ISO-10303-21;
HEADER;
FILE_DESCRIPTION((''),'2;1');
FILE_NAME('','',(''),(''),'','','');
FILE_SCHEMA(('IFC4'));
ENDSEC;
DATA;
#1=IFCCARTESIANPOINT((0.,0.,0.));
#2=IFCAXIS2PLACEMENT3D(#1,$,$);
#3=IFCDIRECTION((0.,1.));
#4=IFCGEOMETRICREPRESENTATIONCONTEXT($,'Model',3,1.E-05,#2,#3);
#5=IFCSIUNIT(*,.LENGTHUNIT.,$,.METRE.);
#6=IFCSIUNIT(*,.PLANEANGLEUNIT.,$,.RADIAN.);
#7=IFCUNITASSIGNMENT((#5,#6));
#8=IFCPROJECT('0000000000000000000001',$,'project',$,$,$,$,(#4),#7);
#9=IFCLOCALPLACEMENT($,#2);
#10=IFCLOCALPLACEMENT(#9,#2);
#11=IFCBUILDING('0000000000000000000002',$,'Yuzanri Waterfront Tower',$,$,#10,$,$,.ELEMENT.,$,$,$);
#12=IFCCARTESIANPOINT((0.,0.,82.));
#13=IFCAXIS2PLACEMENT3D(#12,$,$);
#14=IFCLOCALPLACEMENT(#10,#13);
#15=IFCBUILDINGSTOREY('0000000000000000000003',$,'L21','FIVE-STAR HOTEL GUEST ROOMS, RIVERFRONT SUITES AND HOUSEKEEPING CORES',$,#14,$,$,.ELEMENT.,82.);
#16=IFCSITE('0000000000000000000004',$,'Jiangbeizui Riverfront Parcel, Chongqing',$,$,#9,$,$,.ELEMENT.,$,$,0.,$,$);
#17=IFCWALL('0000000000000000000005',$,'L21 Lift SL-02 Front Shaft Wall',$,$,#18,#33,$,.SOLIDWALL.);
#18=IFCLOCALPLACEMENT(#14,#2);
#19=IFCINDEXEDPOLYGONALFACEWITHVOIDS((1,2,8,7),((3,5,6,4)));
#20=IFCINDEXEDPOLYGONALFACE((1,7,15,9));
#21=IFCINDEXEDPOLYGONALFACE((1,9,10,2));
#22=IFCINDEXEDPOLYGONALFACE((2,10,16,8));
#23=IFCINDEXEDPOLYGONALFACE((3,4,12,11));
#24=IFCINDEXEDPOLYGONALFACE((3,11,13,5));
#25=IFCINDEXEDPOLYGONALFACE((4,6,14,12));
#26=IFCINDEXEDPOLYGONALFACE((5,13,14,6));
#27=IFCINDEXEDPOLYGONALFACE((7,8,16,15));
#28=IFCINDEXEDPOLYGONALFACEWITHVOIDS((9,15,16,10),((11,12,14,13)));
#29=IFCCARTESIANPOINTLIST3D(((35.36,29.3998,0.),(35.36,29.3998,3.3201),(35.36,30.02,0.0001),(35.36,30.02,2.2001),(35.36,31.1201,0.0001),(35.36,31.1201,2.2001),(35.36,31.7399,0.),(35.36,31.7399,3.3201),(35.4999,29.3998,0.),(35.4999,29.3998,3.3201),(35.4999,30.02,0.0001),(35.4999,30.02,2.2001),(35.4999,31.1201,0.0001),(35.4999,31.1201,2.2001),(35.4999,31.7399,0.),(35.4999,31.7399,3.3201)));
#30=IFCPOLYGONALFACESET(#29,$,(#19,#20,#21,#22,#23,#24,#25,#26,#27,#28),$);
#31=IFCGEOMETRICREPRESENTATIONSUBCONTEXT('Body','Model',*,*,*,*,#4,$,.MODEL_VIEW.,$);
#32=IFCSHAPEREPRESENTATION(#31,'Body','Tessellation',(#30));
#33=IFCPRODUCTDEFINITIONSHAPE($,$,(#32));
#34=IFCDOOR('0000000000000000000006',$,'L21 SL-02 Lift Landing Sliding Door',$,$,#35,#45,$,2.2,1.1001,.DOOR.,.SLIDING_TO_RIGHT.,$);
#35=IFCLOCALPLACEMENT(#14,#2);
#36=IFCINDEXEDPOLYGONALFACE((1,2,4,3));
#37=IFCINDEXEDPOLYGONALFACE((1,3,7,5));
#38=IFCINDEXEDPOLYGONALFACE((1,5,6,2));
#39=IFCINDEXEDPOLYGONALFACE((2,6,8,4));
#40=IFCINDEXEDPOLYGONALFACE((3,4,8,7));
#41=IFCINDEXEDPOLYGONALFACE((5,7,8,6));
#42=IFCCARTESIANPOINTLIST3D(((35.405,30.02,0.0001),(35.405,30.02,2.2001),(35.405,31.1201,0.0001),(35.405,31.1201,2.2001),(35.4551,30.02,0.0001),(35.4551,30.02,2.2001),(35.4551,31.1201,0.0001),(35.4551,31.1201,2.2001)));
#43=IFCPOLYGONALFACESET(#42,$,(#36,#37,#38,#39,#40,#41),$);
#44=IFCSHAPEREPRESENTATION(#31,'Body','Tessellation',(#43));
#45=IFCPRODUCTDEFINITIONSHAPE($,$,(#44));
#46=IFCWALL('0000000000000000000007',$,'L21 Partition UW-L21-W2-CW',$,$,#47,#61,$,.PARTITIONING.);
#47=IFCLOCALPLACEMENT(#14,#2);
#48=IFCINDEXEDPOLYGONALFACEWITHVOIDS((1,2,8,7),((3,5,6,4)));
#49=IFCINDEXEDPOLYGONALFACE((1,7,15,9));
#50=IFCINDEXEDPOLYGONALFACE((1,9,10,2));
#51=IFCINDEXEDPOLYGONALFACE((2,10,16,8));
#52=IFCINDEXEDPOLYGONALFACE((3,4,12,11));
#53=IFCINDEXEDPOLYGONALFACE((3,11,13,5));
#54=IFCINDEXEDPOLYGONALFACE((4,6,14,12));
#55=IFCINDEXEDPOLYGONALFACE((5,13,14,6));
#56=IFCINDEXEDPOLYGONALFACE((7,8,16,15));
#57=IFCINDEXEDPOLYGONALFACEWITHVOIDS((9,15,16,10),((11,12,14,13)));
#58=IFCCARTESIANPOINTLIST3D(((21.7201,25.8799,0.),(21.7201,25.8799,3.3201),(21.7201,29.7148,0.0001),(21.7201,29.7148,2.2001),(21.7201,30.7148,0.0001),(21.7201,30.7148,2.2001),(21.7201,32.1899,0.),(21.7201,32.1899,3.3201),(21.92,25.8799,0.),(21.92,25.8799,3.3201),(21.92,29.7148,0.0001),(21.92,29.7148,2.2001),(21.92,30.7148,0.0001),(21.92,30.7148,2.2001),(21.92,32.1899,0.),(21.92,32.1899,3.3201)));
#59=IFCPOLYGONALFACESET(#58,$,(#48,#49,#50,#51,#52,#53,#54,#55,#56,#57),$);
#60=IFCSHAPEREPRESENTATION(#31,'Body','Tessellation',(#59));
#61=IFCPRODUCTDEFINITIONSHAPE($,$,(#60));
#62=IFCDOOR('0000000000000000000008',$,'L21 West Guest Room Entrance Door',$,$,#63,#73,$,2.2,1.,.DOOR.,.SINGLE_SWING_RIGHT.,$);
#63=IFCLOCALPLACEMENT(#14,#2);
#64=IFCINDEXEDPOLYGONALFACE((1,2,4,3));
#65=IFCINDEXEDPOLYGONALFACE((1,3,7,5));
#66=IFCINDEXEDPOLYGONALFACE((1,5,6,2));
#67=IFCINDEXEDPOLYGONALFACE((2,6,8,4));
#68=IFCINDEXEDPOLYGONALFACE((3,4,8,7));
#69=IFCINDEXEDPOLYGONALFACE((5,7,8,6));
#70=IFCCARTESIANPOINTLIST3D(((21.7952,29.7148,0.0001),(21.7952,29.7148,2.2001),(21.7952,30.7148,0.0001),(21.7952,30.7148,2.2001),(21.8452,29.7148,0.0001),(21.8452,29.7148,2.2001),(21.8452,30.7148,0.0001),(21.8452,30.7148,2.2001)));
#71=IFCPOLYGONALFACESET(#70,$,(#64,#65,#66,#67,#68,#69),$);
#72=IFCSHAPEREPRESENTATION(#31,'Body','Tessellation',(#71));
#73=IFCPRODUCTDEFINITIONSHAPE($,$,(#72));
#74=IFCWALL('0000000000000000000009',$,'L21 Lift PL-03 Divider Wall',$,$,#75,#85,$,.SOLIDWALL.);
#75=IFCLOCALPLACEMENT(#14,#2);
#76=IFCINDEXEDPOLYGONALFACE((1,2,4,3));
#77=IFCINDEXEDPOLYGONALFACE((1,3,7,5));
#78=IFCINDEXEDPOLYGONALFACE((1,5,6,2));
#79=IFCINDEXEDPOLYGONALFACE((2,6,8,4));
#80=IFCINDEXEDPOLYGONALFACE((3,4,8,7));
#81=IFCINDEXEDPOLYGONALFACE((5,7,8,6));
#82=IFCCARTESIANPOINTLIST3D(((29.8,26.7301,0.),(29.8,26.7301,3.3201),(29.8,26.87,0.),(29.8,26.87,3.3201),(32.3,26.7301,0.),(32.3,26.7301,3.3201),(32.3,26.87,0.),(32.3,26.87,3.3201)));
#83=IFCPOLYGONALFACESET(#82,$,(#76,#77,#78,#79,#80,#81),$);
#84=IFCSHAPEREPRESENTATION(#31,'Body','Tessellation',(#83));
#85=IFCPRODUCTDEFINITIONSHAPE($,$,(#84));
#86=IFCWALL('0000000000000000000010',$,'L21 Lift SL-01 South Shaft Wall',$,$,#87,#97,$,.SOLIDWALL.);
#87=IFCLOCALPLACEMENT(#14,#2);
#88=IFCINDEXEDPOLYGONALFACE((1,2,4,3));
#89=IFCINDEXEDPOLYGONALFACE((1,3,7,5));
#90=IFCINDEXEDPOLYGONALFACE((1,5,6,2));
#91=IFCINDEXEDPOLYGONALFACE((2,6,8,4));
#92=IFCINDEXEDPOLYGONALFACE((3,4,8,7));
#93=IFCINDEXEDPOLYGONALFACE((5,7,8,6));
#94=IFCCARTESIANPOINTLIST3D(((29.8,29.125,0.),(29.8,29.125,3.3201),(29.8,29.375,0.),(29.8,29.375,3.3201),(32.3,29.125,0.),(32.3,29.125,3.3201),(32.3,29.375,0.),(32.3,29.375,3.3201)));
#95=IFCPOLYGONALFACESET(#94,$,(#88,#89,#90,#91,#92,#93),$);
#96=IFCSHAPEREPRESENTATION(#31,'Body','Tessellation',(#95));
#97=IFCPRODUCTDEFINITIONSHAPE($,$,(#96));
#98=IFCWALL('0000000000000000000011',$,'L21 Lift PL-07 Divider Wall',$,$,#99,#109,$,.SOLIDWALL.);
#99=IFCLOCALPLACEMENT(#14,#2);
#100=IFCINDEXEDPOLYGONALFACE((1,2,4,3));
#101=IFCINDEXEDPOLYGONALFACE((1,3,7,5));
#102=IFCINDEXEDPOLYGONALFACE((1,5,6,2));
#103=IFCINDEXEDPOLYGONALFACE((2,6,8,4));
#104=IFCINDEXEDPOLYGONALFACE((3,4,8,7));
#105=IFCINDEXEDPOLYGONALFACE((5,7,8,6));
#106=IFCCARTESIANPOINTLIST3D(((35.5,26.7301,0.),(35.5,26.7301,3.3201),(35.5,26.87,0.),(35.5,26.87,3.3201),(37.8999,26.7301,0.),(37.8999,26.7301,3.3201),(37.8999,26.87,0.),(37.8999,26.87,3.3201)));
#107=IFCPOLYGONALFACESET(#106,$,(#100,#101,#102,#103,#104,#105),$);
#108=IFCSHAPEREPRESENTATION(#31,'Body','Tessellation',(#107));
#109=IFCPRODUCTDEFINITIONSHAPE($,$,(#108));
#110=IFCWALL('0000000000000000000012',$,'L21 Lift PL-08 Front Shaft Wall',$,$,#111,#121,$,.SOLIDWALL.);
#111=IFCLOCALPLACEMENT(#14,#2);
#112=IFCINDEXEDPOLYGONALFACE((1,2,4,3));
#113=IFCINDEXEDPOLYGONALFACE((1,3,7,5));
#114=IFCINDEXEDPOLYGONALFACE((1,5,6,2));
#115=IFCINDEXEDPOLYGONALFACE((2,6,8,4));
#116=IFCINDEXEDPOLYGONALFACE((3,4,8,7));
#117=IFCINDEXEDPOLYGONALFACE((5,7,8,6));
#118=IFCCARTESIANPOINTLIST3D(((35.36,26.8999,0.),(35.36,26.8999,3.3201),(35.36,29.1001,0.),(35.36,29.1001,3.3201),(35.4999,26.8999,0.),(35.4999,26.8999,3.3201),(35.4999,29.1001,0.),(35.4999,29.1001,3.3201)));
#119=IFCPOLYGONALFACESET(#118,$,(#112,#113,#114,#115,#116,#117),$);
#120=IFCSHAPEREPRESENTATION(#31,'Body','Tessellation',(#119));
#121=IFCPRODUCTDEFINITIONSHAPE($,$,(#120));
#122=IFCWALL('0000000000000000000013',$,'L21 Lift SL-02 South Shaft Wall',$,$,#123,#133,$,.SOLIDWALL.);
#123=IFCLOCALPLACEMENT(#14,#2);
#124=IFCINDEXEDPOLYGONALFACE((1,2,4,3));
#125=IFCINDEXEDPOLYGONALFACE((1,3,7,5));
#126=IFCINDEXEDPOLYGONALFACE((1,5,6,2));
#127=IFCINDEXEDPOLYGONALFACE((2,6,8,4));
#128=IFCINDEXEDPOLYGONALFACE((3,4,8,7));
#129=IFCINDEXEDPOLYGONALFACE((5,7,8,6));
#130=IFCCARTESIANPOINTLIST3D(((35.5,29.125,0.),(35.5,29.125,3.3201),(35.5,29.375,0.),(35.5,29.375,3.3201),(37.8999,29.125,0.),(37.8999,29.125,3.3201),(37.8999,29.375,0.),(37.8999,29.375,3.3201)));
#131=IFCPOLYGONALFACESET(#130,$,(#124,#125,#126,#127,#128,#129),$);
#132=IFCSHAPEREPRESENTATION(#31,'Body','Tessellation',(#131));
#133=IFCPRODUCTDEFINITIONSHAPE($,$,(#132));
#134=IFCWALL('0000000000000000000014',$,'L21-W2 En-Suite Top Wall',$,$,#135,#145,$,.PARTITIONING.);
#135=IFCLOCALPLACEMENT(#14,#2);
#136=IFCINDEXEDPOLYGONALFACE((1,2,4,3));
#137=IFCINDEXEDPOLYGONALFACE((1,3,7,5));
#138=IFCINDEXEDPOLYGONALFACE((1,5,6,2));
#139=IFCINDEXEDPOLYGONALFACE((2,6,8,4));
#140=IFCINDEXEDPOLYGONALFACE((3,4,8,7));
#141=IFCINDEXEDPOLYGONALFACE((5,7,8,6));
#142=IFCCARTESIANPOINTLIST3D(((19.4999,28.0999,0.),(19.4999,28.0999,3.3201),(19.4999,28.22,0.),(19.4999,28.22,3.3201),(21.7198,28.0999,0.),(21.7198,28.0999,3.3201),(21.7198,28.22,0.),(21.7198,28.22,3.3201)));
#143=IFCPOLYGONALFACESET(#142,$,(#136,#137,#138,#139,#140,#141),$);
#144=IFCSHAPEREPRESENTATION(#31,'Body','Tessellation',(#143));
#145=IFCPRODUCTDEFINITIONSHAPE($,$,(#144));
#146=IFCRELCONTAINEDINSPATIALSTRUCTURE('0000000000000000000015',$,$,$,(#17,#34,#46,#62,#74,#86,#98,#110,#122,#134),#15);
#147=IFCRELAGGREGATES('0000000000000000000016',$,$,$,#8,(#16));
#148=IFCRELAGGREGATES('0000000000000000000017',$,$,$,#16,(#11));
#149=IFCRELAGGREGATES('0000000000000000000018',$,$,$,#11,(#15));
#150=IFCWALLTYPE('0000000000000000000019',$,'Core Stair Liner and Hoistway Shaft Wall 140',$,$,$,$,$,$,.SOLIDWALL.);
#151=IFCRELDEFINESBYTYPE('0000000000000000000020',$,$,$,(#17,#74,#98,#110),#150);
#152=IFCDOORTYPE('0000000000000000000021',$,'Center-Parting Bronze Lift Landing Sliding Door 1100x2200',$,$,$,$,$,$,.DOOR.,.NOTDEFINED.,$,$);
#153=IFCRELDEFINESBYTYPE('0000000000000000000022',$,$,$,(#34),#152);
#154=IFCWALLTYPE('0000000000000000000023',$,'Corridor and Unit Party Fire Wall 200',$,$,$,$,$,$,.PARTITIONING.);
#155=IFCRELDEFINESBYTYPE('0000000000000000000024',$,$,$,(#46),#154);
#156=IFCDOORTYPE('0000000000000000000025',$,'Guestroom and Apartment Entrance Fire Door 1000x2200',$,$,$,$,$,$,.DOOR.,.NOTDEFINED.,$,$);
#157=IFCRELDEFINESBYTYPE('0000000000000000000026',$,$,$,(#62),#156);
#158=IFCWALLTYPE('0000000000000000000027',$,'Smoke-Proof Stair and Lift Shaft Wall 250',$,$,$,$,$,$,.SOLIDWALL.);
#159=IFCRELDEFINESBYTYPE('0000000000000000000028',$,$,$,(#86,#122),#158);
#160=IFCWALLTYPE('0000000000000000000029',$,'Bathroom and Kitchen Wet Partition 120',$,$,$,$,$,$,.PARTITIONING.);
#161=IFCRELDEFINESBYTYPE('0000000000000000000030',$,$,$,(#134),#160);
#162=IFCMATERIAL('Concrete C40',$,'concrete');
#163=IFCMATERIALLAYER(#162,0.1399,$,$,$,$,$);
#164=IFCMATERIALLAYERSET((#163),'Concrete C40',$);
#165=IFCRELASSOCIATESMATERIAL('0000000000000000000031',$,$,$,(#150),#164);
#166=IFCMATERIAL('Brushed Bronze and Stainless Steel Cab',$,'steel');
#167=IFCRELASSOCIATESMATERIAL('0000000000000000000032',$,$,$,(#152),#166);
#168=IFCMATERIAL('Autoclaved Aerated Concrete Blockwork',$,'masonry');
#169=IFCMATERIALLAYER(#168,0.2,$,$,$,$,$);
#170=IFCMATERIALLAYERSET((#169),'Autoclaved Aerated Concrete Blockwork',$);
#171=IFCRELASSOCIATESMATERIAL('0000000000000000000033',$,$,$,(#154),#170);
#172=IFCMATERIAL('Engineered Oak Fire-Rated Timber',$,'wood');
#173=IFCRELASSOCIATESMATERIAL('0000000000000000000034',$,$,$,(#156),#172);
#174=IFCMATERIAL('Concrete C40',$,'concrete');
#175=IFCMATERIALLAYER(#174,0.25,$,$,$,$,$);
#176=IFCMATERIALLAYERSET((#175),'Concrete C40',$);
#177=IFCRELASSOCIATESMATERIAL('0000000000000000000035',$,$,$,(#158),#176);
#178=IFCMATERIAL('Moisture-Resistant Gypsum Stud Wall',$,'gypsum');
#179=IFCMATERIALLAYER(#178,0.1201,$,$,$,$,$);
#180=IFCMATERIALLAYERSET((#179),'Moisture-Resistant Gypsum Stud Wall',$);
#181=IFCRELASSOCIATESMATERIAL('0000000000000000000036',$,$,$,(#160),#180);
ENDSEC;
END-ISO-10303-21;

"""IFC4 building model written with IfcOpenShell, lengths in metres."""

from ifc_helpers import new_model, si_unit, direction, frame, frame_2d, origin, place, context, subcontext, project, spatial, rectangle, extrude, source, transform, mapped, material, layer, layer_set, type_object, element, fill, save


model = new_model("IFC4")

# Units and contexts
model_context = context("Model", 3, precision=1e-05, world=origin(), true_north=direction((0.0, 1.0)))
body_context = subcontext(model_context, "Body", "Model", "MODEL_VIEW")
ifc_project = project(units=[si_unit("LENGTHUNIT", "METRE"), si_unit("PLANEANGLEUNIT", "RADIAN")], contexts=[model_context])

# Site, building, storey
site_placement = place(None, origin())
site = spatial("IfcSite", under=ifc_project, at=site_placement, Name="Jiangbeizui Riverfront Parcel, Chongqing", CompositionType="ELEMENT", RefElevation=0.0)
building_placement = place(site_placement, origin())
building = spatial("IfcBuilding", under=site, at=building_placement, Name="Yuzanri Waterfront Tower", CompositionType="ELEMENT")
storey_placement = place(building_placement, frame((0.0, 0.0, 82.0)))
storey = spatial("IfcBuildingStorey", under=building, at=storey_placement, Name="L21", Description="FIVE-STAR HOTEL GUEST ROOMS, RIVERFRONT SUITES AND HOUSEKEEPING CORES", CompositionType="ELEMENT", Elevation=82.0)

# Walls, openings, doors
ifc_material_1 = material(Name="Concrete C40", Category="concrete")
ifc_layer_1 = layer(ifc_material_1, 0.1399)
ifc_layer_set_1 = layer_set([ifc_layer_1], Name="Concrete C40")
wall_type_1 = type_object("IfcWallType", Name="Core Stair Liner and Hoistway Shaft Wall 140", PredefinedType="SOLIDWALL", material=ifc_layer_set_1)
ifc_material_2 = material(Name="Brushed Bronze and Stainless Steel Cab", Category="steel")
door_type_1 = type_object("IfcDoorType", Name="Center-Parting Bronze Lift Landing Sliding Door 1100x2200", OperationType="NOTDEFINED", PredefinedType="DOOR", material=ifc_material_2)
shared_shape_1 = source(origin(), body_context, "Body", "SweptSolid", [
    extrude(rectangle(XDim=1.1001, YDim=2.2, at=frame_2d((0.55, 1.1001))), frame((0.0, 0.0249, 0.0), z_axis=(0.0, -1.0, 0.0), x_axis=(1.0, 0.0, 0.0)), (0.0, 0.0, 1.0), 0.05),
])
wall_1_placement = place(storey_placement, frame((35.4299, 29.3999, 0.0), z_axis=(0.0, 0.0, 1.0), x_axis=(0.0, 1.0, 0.0)))
wall_1 = element("IfcWall", 1, at=wall_1_placement, inside=storey, type_object=wall_type_1, Name="L21 Lift SL-02 Front Shaft Wall", PredefinedType="SOLIDWALL", context=body_context, shape_type="SweptSolid", body=[
    extrude(rectangle(XDim=2.3401, YDim=0.1399, at=frame_2d((1.1699, 0.0))), origin(), (0.0, 0.0, 1.0), 3.3201),
])
opening_1_placement = place(wall_1_placement, frame((0.6201, 0.0, 0.0)))
opening_1 = element("IfcOpeningElement", 2, at=opening_1_placement, cuts=wall_1, PredefinedType="OPENING", context=body_context, shape_type="SweptSolid", body=[
    extrude(rectangle(XDim=1.1001, YDim=2.2, at=frame_2d((0.55, 1.1001))), frame((0.0, 0.085, 0.0), z_axis=(0.0, -1.0, 0.0), x_axis=(1.0, 0.0, 0.0)), (0.0, 0.0, 1.0), 0.1697),
])
door_1_placement = place(opening_1_placement, origin())
door_1 = element("IfcDoor", 3, at=door_1_placement, inside=storey, type_object=door_type_1, Name="L21 SL-02 Lift Landing Sliding Door", OperationType="SLIDING_TO_RIGHT", OverallHeight=2.2, OverallWidth=1.1001, PredefinedType="DOOR", context=body_context, shape_type="MappedRepresentation", body=[
    mapped(shared_shape_1, transform((0.0, 0.0, 0.0), scale=1.0)),
])
fill(opening_1, door_1)
ifc_material_3 = material(Name="Autoclaved Aerated Concrete Blockwork", Category="masonry")
ifc_layer_2 = layer(ifc_material_3, 0.2)
ifc_layer_set_2 = layer_set([ifc_layer_2], Name="Autoclaved Aerated Concrete Blockwork")
wall_type_2 = type_object("IfcWallType", Name="Corridor and Unit Party Fire Wall 200", PredefinedType="PARTITIONING", material=ifc_layer_set_2)
wall_2_placement = place(storey_placement, frame((21.8201, 25.8799, 0.0), z_axis=(0.0, 0.0, 1.0), x_axis=(0.0, 1.0, 0.0)))
wall_2 = element("IfcWall", 4, at=wall_2_placement, inside=storey, type_object=wall_type_2, Name="L21 Partition UW-L21-W2-CW", PredefinedType="PARTITIONING", context=body_context, shape_type="SweptSolid", body=[
    extrude(rectangle(XDim=6.3101, YDim=0.2, at=frame_2d((3.155, 0.0))), origin(), (0.0, 0.0, 1.0), 3.3201),
])
opening_2_placement = place(wall_2_placement, frame((3.835, 0.0, 0.0)))
opening_2 = element("IfcOpeningElement", 5, at=opening_2_placement, cuts=wall_2, PredefinedType="OPENING", context=body_context, shape_type="SweptSolid", body=[
    extrude(rectangle(XDim=1.0, YDim=2.2, at=frame_2d((0.5, 1.1001))), frame((0.0, 0.1147, 0.0), z_axis=(0.0, -1.0, 0.0), x_axis=(1.0, 0.0, 0.0)), (0.0, 0.0, 1.0), 0.2297),
])
ifc_material_4 = material(Name="Engineered Oak Fire-Rated Timber", Category="wood")
door_type_2 = type_object("IfcDoorType", Name="Guestroom and Apartment Entrance Fire Door 1000x2200", OperationType="NOTDEFINED", PredefinedType="DOOR", material=ifc_material_4)
shared_shape_2 = source(origin(), body_context, "Body", "SweptSolid", [
    extrude(rectangle(XDim=1.0, YDim=2.2, at=frame_2d((0.5, 1.1001))), frame((0.0, 0.0249, 0.0), z_axis=(0.0, -1.0, 0.0), x_axis=(1.0, 0.0, 0.0)), (0.0, 0.0, 1.0), 0.05),
])
door_2_placement = place(opening_2_placement, origin())
door_2 = element("IfcDoor", 6, at=door_2_placement, inside=storey, type_object=door_type_2, Name="L21 West Guest Room Entrance Door", OperationType="SINGLE_SWING_RIGHT", OverallHeight=2.2, OverallWidth=1.0, PredefinedType="DOOR", context=body_context, shape_type="MappedRepresentation", body=[
    mapped(shared_shape_2, transform((0.0, 0.0, 0.0), scale=1.0)),
])
fill(opening_2, door_2)

# Walls
shared_shape_3 = source(origin(), body_context, "Body", "SweptSolid", [
    extrude(rectangle(XDim=2.5, YDim=0.1399, at=frame_2d((1.25, 0.0))), origin(), (0.0, 0.0, 1.0), 3.3201),
])
wall_3_placement = place(storey_placement, frame((29.8, 26.8, 0.0), z_axis=(0.0, 0.0, 1.0), x_axis=(1.0, 0.0, 0.0)))
element("IfcWall", 7, at=wall_3_placement, inside=storey, type_object=wall_type_1, Name="L21 Lift PL-03 Divider Wall", PredefinedType="SOLIDWALL", context=body_context, shape_type="MappedRepresentation", body=[
    mapped(shared_shape_3, transform((0.0, 0.0, 0.0), scale=1.0)),
])
ifc_material_5 = material(Name="Concrete C40", Category="concrete")
ifc_layer_3 = layer(ifc_material_5, 0.25)
ifc_layer_set_3 = layer_set([ifc_layer_3], Name="Concrete C40")
wall_type_3 = type_object("IfcWallType", Name="Smoke-Proof Stair and Lift Shaft Wall 250", PredefinedType="SOLIDWALL", material=ifc_layer_set_3)
shared_shape_4 = source(origin(), body_context, "Body", "SweptSolid", [
    extrude(rectangle(XDim=2.5, YDim=0.25, at=frame_2d((1.25, 0.0))), origin(), (0.0, 0.0, 1.0), 3.3201),
])
wall_4_placement = place(storey_placement, frame((29.8, 29.25, 0.0), z_axis=(0.0, 0.0, 1.0), x_axis=(1.0, 0.0, 0.0)))
element("IfcWall", 8, at=wall_4_placement, inside=storey, type_object=wall_type_3, Name="L21 Lift SL-01 South Shaft Wall", PredefinedType="SOLIDWALL", context=body_context, shape_type="MappedRepresentation", body=[
    mapped(shared_shape_4, transform((0.0, 0.0, 0.0), scale=1.0)),
])
shared_shape_5 = source(origin(), body_context, "Body", "SweptSolid", [
    extrude(rectangle(XDim=2.3999, YDim=0.1399, at=frame_2d((1.2, 0.0))), origin(), (0.0, 0.0, 1.0), 3.3201),
])
wall_5_placement = place(storey_placement, frame((35.5, 26.8, 0.0), z_axis=(0.0, 0.0, 1.0), x_axis=(1.0, 0.0, 0.0)))
element("IfcWall", 9, at=wall_5_placement, inside=storey, type_object=wall_type_1, Name="L21 Lift PL-07 Divider Wall", PredefinedType="SOLIDWALL", context=body_context, shape_type="MappedRepresentation", body=[
    mapped(shared_shape_5, transform((0.0, 0.0, 0.0), scale=1.0)),
])
shared_shape_6 = source(origin(), body_context, "Body", "SweptSolid", [
    extrude(rectangle(XDim=2.2002, YDim=0.1399, at=frame_2d((1.1001, 0.0))), origin(), (0.0, 0.0, 1.0), 3.3201),
])
wall_6_placement = place(storey_placement, frame((35.4299, 26.8999, 0.0), z_axis=(0.0, 0.0, 1.0), x_axis=(0.0, 1.0, 0.0)))
element("IfcWall", 10, at=wall_6_placement, inside=storey, type_object=wall_type_1, Name="L21 Lift PL-08 Front Shaft Wall", PredefinedType="SOLIDWALL", context=body_context, shape_type="MappedRepresentation", body=[
    mapped(shared_shape_6, transform((0.0, 0.0, 0.0), scale=1.0)),
])
shared_shape_7 = source(origin(), body_context, "Body", "SweptSolid", [
    extrude(rectangle(XDim=2.3999, YDim=0.25, at=frame_2d((1.2, 0.0))), origin(), (0.0, 0.0, 1.0), 3.3201),
])
wall_7_placement = place(storey_placement, frame((35.5, 29.25, 0.0), z_axis=(0.0, 0.0, 1.0), x_axis=(1.0, 0.0, 0.0)))
element("IfcWall", 11, at=wall_7_placement, inside=storey, type_object=wall_type_3, Name="L21 Lift SL-02 South Shaft Wall", PredefinedType="SOLIDWALL", context=body_context, shape_type="MappedRepresentation", body=[
    mapped(shared_shape_7, transform((0.0, 0.0, 0.0), scale=1.0)),
])
ifc_material_6 = material(Name="Moisture-Resistant Gypsum Stud Wall", Category="gypsum")
ifc_layer_4 = layer(ifc_material_6, 0.1201)
ifc_layer_set_4 = layer_set([ifc_layer_4], Name="Moisture-Resistant Gypsum Stud Wall")
wall_type_4 = type_object("IfcWallType", Name="Bathroom and Kitchen Wet Partition 120", PredefinedType="PARTITIONING", material=ifc_layer_set_4)
shared_shape_8 = source(origin(), body_context, "Body", "SweptSolid", [
    extrude(rectangle(XDim=2.22, YDim=0.1201, at=frame_2d((1.1099, 0.0))), origin(), (0.0, 0.0, 1.0), 3.3201),
])
wall_8_placement = place(storey_placement, frame((19.5, 28.1599, 0.0), z_axis=(0.0, 0.0, 1.0), x_axis=(1.0, 0.0, 0.0)))
element("IfcWall", 12, at=wall_8_placement, inside=storey, type_object=wall_type_4, Name="L21-W2 En-Suite Top Wall", PredefinedType="PARTITIONING", context=body_context, shape_type="MappedRepresentation", body=[
    mapped(shared_shape_8, transform((0.0, 0.0, 0.0), scale=1.0)),
])

save(model, "model.ifc")
